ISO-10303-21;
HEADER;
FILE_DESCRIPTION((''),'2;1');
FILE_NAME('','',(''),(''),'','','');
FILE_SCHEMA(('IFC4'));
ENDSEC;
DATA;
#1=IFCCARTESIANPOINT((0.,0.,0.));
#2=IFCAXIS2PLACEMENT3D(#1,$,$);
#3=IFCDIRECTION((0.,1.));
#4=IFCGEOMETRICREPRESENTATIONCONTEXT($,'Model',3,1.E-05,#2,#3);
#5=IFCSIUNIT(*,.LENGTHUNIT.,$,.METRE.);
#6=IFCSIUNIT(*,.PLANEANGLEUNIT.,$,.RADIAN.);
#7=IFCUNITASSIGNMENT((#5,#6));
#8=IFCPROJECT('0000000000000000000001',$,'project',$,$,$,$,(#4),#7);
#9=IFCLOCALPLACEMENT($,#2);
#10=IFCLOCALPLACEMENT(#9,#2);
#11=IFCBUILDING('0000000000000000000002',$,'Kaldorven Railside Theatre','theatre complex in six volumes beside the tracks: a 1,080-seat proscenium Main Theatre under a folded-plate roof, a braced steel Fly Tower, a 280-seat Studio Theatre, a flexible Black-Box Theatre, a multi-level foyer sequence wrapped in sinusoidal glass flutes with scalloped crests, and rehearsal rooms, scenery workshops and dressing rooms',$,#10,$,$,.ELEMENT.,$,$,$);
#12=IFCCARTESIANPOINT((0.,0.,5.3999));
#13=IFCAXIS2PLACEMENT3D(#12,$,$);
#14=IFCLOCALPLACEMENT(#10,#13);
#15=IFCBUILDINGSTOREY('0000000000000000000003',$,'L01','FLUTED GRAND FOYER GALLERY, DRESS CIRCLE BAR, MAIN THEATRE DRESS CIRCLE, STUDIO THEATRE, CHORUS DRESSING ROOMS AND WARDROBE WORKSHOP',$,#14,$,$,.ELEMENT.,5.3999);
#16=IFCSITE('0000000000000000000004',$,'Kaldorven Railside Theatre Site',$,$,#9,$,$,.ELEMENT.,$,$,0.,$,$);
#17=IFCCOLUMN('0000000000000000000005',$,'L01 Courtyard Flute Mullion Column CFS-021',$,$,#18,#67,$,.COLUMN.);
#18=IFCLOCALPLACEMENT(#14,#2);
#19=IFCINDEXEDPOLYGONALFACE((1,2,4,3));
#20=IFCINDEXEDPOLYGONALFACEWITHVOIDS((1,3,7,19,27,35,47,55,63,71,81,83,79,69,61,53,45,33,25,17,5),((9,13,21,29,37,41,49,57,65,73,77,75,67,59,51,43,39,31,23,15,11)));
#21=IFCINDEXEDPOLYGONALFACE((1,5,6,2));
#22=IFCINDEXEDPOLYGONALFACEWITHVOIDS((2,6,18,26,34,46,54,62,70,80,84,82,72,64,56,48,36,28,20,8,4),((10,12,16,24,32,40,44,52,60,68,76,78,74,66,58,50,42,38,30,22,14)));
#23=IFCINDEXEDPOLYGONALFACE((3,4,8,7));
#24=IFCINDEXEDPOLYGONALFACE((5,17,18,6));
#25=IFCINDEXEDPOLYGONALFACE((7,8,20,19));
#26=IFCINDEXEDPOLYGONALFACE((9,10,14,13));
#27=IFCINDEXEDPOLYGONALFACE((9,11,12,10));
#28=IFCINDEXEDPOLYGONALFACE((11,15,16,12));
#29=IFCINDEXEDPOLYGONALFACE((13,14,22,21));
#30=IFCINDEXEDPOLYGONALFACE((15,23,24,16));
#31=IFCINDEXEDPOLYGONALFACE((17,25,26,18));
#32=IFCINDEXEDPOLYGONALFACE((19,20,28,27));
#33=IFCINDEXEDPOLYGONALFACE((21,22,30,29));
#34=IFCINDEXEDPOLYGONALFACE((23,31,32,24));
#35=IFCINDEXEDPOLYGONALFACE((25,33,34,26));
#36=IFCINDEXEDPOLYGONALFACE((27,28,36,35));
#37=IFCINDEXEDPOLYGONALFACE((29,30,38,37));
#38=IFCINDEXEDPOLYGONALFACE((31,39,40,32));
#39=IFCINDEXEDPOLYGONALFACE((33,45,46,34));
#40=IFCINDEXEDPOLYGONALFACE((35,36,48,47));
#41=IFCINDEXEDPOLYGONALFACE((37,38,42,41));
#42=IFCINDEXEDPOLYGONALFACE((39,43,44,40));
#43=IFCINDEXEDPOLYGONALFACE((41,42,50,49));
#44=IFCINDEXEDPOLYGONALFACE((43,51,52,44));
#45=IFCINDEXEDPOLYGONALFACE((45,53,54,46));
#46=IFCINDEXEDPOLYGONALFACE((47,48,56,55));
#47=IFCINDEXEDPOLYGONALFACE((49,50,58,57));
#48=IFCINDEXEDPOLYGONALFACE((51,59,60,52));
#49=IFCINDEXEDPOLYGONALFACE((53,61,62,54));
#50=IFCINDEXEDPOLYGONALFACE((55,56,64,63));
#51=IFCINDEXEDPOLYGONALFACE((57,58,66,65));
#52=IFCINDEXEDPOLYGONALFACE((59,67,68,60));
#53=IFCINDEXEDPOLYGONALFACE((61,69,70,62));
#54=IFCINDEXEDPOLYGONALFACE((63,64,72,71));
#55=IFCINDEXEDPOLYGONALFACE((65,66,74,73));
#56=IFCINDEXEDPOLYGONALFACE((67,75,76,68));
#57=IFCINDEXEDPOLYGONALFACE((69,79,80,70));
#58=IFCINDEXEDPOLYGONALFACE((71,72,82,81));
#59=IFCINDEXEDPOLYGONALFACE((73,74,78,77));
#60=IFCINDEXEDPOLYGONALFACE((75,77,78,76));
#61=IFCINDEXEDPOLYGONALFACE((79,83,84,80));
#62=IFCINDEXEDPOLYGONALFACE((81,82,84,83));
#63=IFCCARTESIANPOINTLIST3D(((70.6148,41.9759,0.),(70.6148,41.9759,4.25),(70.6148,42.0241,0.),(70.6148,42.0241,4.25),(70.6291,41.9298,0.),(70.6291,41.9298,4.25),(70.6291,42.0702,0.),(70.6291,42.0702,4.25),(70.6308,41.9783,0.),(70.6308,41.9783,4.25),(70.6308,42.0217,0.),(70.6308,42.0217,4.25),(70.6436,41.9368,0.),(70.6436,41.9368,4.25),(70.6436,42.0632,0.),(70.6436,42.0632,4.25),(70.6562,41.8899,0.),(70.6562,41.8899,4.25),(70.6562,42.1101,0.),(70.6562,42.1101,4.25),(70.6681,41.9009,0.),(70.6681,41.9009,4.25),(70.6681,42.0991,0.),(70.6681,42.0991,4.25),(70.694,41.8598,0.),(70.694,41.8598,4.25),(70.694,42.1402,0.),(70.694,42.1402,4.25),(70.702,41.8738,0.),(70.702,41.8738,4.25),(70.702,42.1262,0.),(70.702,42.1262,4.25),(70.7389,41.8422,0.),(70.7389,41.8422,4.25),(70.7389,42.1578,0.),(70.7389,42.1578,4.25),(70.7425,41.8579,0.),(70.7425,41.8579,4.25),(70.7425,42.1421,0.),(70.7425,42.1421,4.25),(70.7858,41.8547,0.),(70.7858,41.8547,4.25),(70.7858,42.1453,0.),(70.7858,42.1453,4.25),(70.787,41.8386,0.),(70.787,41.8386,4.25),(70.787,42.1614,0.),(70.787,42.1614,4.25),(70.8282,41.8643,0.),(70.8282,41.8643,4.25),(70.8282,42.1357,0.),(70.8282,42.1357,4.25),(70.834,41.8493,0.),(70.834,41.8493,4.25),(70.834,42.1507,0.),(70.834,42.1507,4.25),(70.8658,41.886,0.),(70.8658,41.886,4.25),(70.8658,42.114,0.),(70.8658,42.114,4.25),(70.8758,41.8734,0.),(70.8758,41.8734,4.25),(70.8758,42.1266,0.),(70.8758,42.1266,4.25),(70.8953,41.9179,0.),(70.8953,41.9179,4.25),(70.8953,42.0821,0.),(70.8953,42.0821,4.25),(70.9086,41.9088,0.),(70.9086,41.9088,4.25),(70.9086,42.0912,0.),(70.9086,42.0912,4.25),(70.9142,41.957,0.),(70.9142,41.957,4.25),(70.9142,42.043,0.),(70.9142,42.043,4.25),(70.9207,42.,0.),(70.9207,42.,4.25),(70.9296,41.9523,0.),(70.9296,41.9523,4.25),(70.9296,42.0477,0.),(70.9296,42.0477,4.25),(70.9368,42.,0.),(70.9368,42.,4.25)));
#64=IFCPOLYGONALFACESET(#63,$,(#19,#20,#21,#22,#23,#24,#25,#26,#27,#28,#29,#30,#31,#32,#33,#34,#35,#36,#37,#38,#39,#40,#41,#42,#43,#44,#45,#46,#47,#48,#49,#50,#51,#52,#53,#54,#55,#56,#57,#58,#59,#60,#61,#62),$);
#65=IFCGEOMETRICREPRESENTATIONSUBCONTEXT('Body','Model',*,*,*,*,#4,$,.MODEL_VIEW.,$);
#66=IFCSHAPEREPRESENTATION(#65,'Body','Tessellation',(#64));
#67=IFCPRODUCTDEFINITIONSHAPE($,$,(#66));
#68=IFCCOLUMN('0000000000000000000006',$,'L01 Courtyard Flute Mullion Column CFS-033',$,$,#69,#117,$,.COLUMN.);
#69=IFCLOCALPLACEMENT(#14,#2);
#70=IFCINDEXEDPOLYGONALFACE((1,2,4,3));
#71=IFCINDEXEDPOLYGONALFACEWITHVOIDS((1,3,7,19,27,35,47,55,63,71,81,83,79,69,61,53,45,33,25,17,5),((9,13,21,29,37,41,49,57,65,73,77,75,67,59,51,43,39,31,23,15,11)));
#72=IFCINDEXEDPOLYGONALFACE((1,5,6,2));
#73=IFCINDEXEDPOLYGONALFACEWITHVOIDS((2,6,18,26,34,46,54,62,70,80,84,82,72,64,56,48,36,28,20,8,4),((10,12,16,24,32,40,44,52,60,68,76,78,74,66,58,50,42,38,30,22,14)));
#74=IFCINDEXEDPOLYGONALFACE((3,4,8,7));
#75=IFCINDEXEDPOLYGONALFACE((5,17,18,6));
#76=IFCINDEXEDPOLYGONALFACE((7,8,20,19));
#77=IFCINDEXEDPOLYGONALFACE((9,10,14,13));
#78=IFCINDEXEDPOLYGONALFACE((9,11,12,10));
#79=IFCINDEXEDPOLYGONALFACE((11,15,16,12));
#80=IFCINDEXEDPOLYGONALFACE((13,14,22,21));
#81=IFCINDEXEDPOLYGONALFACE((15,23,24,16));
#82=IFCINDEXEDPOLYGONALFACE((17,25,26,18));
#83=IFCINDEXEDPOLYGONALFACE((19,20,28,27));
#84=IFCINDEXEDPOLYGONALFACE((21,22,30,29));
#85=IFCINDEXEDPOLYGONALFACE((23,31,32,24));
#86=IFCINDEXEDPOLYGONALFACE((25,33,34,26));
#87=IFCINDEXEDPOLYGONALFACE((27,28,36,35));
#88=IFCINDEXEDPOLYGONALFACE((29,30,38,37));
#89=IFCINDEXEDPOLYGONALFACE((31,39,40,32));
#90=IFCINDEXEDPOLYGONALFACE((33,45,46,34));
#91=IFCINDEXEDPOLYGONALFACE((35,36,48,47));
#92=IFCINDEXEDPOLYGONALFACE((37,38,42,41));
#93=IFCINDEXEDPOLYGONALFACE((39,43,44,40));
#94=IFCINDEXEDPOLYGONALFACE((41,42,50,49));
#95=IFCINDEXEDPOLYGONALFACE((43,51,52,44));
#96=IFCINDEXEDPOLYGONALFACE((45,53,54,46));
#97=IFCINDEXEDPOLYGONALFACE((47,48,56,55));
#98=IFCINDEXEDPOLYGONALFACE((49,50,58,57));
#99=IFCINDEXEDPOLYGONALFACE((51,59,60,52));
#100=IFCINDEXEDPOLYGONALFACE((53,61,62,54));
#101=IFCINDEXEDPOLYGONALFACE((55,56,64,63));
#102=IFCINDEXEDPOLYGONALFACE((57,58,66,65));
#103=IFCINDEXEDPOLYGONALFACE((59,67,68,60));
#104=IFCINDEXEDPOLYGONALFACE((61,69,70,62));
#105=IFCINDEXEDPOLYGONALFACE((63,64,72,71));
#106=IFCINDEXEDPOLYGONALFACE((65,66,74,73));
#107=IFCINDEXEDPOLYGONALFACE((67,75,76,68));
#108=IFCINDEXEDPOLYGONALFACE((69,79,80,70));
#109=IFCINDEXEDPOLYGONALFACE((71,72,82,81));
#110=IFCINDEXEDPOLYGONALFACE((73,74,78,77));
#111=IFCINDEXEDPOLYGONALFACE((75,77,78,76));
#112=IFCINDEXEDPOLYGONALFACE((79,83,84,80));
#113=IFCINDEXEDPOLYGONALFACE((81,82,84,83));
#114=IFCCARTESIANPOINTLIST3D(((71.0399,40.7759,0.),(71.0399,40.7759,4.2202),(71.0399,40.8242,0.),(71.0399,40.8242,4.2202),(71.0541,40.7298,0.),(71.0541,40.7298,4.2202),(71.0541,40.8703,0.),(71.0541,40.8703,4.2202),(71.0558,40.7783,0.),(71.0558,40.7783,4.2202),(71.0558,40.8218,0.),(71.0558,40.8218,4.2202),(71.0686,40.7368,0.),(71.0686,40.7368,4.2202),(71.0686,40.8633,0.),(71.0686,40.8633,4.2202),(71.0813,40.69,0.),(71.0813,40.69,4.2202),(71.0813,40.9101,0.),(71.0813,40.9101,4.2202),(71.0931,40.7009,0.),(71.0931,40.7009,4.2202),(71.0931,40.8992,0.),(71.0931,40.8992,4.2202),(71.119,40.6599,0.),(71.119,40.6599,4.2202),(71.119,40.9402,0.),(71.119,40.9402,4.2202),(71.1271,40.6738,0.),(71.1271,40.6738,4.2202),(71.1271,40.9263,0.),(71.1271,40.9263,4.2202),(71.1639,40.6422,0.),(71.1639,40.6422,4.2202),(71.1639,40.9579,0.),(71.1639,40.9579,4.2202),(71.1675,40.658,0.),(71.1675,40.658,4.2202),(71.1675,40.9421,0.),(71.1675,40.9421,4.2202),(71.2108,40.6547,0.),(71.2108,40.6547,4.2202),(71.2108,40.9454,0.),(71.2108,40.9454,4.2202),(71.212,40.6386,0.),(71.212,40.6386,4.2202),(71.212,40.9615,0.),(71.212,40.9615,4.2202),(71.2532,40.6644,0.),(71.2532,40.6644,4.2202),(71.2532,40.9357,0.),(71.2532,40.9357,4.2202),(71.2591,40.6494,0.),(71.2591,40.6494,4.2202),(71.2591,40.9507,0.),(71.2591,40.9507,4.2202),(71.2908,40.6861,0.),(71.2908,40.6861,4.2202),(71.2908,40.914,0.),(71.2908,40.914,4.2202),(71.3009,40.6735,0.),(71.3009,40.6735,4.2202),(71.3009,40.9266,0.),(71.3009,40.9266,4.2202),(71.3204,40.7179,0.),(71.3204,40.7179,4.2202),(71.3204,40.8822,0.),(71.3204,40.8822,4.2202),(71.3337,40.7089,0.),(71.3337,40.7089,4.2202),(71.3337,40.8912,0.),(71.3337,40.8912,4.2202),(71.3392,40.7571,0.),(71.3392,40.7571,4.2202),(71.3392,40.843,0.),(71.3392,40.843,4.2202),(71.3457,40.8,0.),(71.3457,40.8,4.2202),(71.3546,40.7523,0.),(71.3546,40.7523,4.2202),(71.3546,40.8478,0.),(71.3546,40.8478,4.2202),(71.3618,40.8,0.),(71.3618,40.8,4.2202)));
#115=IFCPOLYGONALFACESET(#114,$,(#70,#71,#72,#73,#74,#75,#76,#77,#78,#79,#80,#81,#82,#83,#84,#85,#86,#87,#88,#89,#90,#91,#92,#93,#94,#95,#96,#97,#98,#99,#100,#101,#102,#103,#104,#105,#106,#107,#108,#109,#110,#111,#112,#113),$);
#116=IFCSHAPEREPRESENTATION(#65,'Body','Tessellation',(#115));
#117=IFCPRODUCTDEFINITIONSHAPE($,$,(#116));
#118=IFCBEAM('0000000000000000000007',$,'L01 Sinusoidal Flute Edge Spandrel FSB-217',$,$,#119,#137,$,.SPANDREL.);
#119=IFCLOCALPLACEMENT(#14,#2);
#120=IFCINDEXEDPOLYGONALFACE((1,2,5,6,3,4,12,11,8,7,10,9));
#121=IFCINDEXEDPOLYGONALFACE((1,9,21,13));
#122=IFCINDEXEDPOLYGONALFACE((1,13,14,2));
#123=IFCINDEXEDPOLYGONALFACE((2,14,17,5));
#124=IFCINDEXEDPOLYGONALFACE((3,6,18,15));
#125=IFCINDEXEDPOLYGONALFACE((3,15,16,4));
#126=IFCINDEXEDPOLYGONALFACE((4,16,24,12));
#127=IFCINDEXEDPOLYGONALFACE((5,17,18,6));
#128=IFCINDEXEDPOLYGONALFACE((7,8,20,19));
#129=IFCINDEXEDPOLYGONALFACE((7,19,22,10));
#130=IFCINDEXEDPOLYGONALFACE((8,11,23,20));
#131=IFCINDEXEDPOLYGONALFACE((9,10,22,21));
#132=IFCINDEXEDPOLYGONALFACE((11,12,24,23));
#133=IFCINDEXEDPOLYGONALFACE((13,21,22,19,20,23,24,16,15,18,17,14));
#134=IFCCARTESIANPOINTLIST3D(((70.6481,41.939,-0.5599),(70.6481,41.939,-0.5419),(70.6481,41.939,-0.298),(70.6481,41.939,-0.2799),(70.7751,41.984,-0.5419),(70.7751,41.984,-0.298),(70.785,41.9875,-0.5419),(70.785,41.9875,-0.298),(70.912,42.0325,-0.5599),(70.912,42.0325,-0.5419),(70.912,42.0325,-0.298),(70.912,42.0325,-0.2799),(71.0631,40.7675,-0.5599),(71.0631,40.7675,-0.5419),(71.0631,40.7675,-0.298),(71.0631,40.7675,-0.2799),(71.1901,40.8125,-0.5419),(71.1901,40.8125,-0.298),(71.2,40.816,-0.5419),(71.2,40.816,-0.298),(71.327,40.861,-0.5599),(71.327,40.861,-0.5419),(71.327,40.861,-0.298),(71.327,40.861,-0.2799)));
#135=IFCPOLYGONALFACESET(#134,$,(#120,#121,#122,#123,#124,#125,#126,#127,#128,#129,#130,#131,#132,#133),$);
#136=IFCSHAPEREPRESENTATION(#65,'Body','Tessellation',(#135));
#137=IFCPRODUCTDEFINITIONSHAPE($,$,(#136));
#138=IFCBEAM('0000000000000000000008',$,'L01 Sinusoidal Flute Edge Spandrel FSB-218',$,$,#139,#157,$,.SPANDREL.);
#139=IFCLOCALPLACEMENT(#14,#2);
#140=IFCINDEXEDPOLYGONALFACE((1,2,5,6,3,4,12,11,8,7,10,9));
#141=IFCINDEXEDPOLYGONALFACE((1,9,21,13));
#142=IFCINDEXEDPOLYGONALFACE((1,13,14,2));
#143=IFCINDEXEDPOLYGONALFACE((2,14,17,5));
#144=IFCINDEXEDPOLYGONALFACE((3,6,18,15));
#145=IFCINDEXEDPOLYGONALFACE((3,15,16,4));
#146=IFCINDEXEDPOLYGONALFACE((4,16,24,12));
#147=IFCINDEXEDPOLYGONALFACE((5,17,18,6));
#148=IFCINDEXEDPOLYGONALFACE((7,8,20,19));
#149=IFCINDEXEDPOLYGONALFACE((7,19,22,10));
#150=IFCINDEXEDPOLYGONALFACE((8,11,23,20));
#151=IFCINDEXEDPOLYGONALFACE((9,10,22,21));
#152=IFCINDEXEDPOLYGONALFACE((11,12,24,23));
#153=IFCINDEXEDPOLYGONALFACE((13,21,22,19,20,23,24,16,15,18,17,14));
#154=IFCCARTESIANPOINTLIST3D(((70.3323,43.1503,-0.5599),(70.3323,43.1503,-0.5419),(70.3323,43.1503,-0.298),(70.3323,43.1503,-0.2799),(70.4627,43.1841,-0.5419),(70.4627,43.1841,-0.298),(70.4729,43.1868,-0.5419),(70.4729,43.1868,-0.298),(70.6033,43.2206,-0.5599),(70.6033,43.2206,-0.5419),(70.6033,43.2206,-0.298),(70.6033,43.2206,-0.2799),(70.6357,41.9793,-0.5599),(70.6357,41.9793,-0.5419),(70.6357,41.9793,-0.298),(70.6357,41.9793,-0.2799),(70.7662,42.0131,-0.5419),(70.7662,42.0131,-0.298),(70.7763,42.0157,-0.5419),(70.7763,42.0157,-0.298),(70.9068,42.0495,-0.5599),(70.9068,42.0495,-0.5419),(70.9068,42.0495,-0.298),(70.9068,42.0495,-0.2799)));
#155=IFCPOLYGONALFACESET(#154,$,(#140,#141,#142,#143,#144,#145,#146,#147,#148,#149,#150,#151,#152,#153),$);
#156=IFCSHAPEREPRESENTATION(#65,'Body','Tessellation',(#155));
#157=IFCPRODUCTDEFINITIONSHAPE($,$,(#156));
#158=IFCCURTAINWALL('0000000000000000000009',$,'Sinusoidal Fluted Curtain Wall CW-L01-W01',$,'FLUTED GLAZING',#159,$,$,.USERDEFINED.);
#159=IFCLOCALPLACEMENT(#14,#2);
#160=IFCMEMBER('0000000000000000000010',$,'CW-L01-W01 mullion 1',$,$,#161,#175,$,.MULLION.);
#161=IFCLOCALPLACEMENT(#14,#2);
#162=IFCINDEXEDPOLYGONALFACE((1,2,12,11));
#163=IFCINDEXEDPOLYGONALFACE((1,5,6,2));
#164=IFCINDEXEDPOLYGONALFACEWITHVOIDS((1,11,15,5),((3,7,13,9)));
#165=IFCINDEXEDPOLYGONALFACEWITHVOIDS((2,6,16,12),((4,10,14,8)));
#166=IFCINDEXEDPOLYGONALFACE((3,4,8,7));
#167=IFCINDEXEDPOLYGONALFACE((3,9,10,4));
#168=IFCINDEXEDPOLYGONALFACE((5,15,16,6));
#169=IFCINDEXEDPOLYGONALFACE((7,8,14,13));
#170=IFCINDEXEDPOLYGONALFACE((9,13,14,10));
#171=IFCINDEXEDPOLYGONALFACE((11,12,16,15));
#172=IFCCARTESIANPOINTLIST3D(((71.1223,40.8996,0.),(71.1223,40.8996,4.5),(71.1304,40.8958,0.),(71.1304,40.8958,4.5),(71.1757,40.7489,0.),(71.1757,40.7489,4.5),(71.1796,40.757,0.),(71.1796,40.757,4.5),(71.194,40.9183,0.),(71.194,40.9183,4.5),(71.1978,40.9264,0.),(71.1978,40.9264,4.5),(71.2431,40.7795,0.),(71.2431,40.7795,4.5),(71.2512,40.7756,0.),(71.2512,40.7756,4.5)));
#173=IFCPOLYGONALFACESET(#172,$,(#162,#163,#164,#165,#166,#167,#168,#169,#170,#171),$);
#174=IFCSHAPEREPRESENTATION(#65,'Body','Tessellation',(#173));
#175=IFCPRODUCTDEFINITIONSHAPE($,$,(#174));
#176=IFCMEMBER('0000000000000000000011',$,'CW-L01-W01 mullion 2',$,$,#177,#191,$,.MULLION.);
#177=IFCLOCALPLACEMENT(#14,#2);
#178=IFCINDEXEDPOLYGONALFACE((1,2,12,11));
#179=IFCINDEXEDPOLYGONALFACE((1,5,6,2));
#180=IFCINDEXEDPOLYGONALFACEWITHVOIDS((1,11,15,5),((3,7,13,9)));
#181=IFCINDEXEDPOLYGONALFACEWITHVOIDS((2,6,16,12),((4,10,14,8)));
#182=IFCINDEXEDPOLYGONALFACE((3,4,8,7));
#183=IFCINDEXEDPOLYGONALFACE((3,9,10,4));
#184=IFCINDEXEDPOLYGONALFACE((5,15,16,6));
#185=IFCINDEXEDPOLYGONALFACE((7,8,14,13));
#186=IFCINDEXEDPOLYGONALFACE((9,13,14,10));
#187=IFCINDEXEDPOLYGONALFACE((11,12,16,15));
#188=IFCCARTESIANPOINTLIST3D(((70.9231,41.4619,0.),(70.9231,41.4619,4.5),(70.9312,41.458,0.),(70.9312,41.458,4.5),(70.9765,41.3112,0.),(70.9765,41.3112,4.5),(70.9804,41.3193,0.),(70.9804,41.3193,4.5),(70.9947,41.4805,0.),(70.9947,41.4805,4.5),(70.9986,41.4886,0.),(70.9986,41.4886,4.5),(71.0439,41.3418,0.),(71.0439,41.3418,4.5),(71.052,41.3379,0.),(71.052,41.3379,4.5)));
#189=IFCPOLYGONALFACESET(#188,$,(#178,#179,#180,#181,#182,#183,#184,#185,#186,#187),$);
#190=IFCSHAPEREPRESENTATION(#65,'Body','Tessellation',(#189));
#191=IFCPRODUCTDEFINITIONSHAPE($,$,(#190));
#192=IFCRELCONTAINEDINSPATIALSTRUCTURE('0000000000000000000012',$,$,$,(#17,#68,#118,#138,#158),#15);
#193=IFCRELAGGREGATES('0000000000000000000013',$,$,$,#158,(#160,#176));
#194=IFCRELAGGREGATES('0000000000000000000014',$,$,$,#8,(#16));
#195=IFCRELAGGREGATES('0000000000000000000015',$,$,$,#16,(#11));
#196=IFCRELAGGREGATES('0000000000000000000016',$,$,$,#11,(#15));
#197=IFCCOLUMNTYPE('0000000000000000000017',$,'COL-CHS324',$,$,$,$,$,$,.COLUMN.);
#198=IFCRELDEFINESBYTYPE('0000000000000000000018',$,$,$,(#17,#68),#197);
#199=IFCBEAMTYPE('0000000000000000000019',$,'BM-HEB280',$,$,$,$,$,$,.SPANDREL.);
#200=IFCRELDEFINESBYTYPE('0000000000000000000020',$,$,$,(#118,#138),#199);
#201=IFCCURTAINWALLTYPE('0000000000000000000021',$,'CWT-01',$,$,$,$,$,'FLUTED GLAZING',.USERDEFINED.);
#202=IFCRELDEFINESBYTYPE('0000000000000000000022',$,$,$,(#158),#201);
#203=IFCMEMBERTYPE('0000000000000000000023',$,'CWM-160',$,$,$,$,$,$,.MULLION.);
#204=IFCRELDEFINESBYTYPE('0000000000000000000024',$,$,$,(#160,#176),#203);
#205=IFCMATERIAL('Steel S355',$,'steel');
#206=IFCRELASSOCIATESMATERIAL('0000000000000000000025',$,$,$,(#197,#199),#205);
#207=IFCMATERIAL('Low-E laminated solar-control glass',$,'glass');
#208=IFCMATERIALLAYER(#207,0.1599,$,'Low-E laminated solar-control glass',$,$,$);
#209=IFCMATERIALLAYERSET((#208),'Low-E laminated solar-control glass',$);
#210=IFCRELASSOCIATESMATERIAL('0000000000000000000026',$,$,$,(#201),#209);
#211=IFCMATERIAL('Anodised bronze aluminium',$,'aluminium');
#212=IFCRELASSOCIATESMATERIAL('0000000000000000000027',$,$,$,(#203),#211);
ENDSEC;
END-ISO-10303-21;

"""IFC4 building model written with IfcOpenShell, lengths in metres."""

from ifc_helpers import new_model, si_unit, direction, frame, origin, origin_2d, place, context, subcontext, project, spatial, hollow_rectangle, hollow_circle, i_section, extrude, material, layer, layer_set, material_profile, profile_set, type_object, element, aggregate, save


model = new_model("IFC4")

# Units and contexts
model_context = context("Model", 3, precision=1e-05, world=origin(), true_north=direction((0.0, 1.0)))
body_context = subcontext(model_context, "Body", "Model", "MODEL_VIEW")
ifc_project = project(units=[si_unit("LENGTHUNIT", "METRE"), si_unit("PLANEANGLEUNIT", "RADIAN")], contexts=[model_context])

# Site, building, storey
site_placement = place(None, origin())
site = spatial("IfcSite", under=ifc_project, at=site_placement, Name="Kaldorven Railside Theatre Site", CompositionType="ELEMENT", RefElevation=0.0)
building_placement = place(site_placement, origin())
building = spatial("IfcBuilding", under=site, at=building_placement, Name="Kaldorven Railside Theatre", Description="theatre complex in six volumes beside the tracks: a 1,080-seat proscenium Main Theatre under a folded-plate roof, a braced steel Fly Tower, a 280-seat Studio Theatre, a flexible Black-Box Theatre, a multi-level foyer sequence wrapped in sinusoidal glass flutes with scalloped crests, and rehearsal rooms, scenery workshops and dressing rooms", CompositionType="ELEMENT")
storey_placement = place(building_placement, frame((0.0, 0.0, 5.3999)))
storey = spatial("IfcBuildingStorey", under=building, at=storey_placement, Name="L01", Description="FLUTED GRAND FOYER GALLERY, DRESS CIRCLE BAR, MAIN THEATRE DRESS CIRCLE, STUDIO THEATRE, CHORUS DRESSING ROOMS AND WARDROBE WORKSHOP", CompositionType="ELEMENT", Elevation=5.3999)

# Columns
ifc_material_1 = material(Name="Steel S355", Category="steel")
ifc_material_profile_1 = material_profile(ifc_material_1, hollow_circle(Radius=0.1619, WallThickness=0.0161, at=origin_2d()), Name="CHS 323.9x16")
ifc_profile_set_1 = profile_set([ifc_material_profile_1], Name="Steel S355")
column_type = type_object("IfcColumnType", Name="COL-CHS324", PredefinedType="COLUMN", material=ifc_profile_set_1)
column_1_placement = place(storey_placement, frame((70.7749, 42.0, 0.0), z_axis=(0.0, 0.0, 1.0), x_axis=(1.0, 0.0, 0.0)))
element("IfcColumn", 1, at=column_1_placement, inside=storey, type_object=column_type, Name="L01 Courtyard Flute Mullion Column CFS-021", PredefinedType="COLUMN", context=body_context, shape_type="SweptSolid", body=[
    extrude(hollow_circle(Radius=0.1619, WallThickness=0.0161, at=origin_2d()), origin(), (0.0, 0.0, 1.0), 4.25),
])
column_2_placement = place(storey_placement, frame((71.2, 40.8, 0.0), z_axis=(0.0, 0.0, 1.0), x_axis=(1.0, 0.0, 0.0)))
element("IfcColumn", 2, at=column_2_placement, inside=storey, type_object=column_type, Name="L01 Courtyard Flute Mullion Column CFS-033", PredefinedType="COLUMN", context=body_context, shape_type="SweptSolid", body=[
    extrude(hollow_circle(Radius=0.1619, WallThickness=0.0161, at=origin_2d()), origin(), (0.0, 0.0, 1.0), 4.2202),
])

# Beams
ifc_material_profile_2 = material_profile(ifc_material_1, i_section(OverallWidth=0.28, OverallDepth=0.28, WebThickness=0.0105, FlangeThickness=0.0181, at=origin_2d()), Name="HEB 280")
ifc_profile_set_2 = profile_set([ifc_material_profile_2], Name="Steel S355")
beam_type = type_object("IfcBeamType", Name="BM-HEB280", PredefinedType="SPANDREL", material=ifc_profile_set_2)
beam_1_placement = place(storey_placement, frame((71.1951, 40.8142, -0.4199), z_axis=(-0.333909, 0.942605, 0.0), x_axis=(-0.942605, -0.333909, 0.0)))
element("IfcBeam", 3, at=beam_1_placement, inside=storey, type_object=beam_type, Name="L01 Sinusoidal Flute Edge Spandrel FSB-217", PredefinedType="SPANDREL", context=body_context, shape_type="SweptSolid", body=[
    extrude(i_section(OverallWidth=0.28, OverallDepth=0.28, WebThickness=0.0105, FlangeThickness=0.0181, at=origin_2d()), origin(), (0.0, 0.0, 1.0), 1.2429),
])
beam_2_placement = place(storey_placement, frame((70.7712, 42.0144, -0.4199), z_axis=(-0.250836, 0.96803, 0.0), x_axis=(-0.96803, -0.250836, 0.0)))
element("IfcBeam", 4, at=beam_2_placement, inside=storey, type_object=beam_type, Name="L01 Sinusoidal Flute Edge Spandrel FSB-218", PredefinedType="SPANDREL", context=body_context, shape_type="SweptSolid", body=[
    extrude(i_section(OverallWidth=0.28, OverallDepth=0.28, WebThickness=0.0105, FlangeThickness=0.0181, at=origin_2d()), origin(), (0.0, 0.0, 1.0), 1.2097),
])

# Curtain wall, members
ifc_material_2 = material(Name="Low-E laminated solar-control glass", Category="glass")
ifc_layer_1 = layer(ifc_material_2, 0.1599, Name="Low-E laminated solar-control glass")
ifc_layer_set_1 = layer_set([ifc_layer_1], Name="Low-E laminated solar-control glass")
curtain_wall_type_1 = type_object("IfcCurtainWallType", Name="CWT-01", ElementType="FLUTED GLAZING", PredefinedType="USERDEFINED", material=ifc_layer_set_1)
curtain_wall_1_placement = place(storey_placement, origin())
curtain_wall_1 = element("IfcCurtainWall", 5, at=curtain_wall_1_placement, inside=storey, type_object=curtain_wall_type_1, Name="Sinusoidal Fluted Curtain Wall CW-L01-W01", ObjectType="FLUTED GLAZING", PredefinedType="USERDEFINED")
ifc_material_3 = material(Name="Anodised bronze aluminium", Category="aluminium")
ifc_material_profile_3 = material_profile(ifc_material_3, hollow_rectangle(XDim=0.0801, YDim=0.1599, WallThickness=0.0063, at=origin_2d()), Name="RHS 160x80x6.3")
ifc_profile_set_3 = profile_set([ifc_material_profile_3], Name="Anodised bronze aluminium")
member_type_1 = type_object("IfcMemberType", Name="CWM-160", PredefinedType="MULLION", material=ifc_profile_set_3)
member_1_placement = place(storey_placement, frame((71.1868, 40.8376, 0.0), z_axis=(0.0, 0.0, 1.0), x_axis=(-0.942627, -0.333847, 0.0)))
member_1 = element("IfcMember", 6, at=member_1_placement, type_object=member_type_1, Name="CW-L01-W01 mullion 1", PredefinedType="MULLION", context=body_context, shape_type="SweptSolid", body=[
    extrude(hollow_rectangle(XDim=0.0801, YDim=0.1599, WallThickness=0.0063, at=origin_2d()), origin(), (0.0, 0.0, 1.0), 4.5),
])
member_2_placement = place(storey_placement, frame((70.9875, 41.3999, 0.0), z_axis=(0.0, 0.0, 1.0), x_axis=(-0.942627, -0.333847, 0.0)))
member_2 = element("IfcMember", 7, at=member_2_placement, type_object=member_type_1, Name="CW-L01-W01 mullion 2", PredefinedType="MULLION", context=body_context, shape_type="SweptSolid", body=[
    extrude(hollow_rectangle(XDim=0.0801, YDim=0.1599, WallThickness=0.0063, at=origin_2d()), origin(), (0.0, 0.0, 1.0), 4.5),
])

aggregate(curtain_wall_1, [member_1, member_2])

save(model, "model.ifc")
